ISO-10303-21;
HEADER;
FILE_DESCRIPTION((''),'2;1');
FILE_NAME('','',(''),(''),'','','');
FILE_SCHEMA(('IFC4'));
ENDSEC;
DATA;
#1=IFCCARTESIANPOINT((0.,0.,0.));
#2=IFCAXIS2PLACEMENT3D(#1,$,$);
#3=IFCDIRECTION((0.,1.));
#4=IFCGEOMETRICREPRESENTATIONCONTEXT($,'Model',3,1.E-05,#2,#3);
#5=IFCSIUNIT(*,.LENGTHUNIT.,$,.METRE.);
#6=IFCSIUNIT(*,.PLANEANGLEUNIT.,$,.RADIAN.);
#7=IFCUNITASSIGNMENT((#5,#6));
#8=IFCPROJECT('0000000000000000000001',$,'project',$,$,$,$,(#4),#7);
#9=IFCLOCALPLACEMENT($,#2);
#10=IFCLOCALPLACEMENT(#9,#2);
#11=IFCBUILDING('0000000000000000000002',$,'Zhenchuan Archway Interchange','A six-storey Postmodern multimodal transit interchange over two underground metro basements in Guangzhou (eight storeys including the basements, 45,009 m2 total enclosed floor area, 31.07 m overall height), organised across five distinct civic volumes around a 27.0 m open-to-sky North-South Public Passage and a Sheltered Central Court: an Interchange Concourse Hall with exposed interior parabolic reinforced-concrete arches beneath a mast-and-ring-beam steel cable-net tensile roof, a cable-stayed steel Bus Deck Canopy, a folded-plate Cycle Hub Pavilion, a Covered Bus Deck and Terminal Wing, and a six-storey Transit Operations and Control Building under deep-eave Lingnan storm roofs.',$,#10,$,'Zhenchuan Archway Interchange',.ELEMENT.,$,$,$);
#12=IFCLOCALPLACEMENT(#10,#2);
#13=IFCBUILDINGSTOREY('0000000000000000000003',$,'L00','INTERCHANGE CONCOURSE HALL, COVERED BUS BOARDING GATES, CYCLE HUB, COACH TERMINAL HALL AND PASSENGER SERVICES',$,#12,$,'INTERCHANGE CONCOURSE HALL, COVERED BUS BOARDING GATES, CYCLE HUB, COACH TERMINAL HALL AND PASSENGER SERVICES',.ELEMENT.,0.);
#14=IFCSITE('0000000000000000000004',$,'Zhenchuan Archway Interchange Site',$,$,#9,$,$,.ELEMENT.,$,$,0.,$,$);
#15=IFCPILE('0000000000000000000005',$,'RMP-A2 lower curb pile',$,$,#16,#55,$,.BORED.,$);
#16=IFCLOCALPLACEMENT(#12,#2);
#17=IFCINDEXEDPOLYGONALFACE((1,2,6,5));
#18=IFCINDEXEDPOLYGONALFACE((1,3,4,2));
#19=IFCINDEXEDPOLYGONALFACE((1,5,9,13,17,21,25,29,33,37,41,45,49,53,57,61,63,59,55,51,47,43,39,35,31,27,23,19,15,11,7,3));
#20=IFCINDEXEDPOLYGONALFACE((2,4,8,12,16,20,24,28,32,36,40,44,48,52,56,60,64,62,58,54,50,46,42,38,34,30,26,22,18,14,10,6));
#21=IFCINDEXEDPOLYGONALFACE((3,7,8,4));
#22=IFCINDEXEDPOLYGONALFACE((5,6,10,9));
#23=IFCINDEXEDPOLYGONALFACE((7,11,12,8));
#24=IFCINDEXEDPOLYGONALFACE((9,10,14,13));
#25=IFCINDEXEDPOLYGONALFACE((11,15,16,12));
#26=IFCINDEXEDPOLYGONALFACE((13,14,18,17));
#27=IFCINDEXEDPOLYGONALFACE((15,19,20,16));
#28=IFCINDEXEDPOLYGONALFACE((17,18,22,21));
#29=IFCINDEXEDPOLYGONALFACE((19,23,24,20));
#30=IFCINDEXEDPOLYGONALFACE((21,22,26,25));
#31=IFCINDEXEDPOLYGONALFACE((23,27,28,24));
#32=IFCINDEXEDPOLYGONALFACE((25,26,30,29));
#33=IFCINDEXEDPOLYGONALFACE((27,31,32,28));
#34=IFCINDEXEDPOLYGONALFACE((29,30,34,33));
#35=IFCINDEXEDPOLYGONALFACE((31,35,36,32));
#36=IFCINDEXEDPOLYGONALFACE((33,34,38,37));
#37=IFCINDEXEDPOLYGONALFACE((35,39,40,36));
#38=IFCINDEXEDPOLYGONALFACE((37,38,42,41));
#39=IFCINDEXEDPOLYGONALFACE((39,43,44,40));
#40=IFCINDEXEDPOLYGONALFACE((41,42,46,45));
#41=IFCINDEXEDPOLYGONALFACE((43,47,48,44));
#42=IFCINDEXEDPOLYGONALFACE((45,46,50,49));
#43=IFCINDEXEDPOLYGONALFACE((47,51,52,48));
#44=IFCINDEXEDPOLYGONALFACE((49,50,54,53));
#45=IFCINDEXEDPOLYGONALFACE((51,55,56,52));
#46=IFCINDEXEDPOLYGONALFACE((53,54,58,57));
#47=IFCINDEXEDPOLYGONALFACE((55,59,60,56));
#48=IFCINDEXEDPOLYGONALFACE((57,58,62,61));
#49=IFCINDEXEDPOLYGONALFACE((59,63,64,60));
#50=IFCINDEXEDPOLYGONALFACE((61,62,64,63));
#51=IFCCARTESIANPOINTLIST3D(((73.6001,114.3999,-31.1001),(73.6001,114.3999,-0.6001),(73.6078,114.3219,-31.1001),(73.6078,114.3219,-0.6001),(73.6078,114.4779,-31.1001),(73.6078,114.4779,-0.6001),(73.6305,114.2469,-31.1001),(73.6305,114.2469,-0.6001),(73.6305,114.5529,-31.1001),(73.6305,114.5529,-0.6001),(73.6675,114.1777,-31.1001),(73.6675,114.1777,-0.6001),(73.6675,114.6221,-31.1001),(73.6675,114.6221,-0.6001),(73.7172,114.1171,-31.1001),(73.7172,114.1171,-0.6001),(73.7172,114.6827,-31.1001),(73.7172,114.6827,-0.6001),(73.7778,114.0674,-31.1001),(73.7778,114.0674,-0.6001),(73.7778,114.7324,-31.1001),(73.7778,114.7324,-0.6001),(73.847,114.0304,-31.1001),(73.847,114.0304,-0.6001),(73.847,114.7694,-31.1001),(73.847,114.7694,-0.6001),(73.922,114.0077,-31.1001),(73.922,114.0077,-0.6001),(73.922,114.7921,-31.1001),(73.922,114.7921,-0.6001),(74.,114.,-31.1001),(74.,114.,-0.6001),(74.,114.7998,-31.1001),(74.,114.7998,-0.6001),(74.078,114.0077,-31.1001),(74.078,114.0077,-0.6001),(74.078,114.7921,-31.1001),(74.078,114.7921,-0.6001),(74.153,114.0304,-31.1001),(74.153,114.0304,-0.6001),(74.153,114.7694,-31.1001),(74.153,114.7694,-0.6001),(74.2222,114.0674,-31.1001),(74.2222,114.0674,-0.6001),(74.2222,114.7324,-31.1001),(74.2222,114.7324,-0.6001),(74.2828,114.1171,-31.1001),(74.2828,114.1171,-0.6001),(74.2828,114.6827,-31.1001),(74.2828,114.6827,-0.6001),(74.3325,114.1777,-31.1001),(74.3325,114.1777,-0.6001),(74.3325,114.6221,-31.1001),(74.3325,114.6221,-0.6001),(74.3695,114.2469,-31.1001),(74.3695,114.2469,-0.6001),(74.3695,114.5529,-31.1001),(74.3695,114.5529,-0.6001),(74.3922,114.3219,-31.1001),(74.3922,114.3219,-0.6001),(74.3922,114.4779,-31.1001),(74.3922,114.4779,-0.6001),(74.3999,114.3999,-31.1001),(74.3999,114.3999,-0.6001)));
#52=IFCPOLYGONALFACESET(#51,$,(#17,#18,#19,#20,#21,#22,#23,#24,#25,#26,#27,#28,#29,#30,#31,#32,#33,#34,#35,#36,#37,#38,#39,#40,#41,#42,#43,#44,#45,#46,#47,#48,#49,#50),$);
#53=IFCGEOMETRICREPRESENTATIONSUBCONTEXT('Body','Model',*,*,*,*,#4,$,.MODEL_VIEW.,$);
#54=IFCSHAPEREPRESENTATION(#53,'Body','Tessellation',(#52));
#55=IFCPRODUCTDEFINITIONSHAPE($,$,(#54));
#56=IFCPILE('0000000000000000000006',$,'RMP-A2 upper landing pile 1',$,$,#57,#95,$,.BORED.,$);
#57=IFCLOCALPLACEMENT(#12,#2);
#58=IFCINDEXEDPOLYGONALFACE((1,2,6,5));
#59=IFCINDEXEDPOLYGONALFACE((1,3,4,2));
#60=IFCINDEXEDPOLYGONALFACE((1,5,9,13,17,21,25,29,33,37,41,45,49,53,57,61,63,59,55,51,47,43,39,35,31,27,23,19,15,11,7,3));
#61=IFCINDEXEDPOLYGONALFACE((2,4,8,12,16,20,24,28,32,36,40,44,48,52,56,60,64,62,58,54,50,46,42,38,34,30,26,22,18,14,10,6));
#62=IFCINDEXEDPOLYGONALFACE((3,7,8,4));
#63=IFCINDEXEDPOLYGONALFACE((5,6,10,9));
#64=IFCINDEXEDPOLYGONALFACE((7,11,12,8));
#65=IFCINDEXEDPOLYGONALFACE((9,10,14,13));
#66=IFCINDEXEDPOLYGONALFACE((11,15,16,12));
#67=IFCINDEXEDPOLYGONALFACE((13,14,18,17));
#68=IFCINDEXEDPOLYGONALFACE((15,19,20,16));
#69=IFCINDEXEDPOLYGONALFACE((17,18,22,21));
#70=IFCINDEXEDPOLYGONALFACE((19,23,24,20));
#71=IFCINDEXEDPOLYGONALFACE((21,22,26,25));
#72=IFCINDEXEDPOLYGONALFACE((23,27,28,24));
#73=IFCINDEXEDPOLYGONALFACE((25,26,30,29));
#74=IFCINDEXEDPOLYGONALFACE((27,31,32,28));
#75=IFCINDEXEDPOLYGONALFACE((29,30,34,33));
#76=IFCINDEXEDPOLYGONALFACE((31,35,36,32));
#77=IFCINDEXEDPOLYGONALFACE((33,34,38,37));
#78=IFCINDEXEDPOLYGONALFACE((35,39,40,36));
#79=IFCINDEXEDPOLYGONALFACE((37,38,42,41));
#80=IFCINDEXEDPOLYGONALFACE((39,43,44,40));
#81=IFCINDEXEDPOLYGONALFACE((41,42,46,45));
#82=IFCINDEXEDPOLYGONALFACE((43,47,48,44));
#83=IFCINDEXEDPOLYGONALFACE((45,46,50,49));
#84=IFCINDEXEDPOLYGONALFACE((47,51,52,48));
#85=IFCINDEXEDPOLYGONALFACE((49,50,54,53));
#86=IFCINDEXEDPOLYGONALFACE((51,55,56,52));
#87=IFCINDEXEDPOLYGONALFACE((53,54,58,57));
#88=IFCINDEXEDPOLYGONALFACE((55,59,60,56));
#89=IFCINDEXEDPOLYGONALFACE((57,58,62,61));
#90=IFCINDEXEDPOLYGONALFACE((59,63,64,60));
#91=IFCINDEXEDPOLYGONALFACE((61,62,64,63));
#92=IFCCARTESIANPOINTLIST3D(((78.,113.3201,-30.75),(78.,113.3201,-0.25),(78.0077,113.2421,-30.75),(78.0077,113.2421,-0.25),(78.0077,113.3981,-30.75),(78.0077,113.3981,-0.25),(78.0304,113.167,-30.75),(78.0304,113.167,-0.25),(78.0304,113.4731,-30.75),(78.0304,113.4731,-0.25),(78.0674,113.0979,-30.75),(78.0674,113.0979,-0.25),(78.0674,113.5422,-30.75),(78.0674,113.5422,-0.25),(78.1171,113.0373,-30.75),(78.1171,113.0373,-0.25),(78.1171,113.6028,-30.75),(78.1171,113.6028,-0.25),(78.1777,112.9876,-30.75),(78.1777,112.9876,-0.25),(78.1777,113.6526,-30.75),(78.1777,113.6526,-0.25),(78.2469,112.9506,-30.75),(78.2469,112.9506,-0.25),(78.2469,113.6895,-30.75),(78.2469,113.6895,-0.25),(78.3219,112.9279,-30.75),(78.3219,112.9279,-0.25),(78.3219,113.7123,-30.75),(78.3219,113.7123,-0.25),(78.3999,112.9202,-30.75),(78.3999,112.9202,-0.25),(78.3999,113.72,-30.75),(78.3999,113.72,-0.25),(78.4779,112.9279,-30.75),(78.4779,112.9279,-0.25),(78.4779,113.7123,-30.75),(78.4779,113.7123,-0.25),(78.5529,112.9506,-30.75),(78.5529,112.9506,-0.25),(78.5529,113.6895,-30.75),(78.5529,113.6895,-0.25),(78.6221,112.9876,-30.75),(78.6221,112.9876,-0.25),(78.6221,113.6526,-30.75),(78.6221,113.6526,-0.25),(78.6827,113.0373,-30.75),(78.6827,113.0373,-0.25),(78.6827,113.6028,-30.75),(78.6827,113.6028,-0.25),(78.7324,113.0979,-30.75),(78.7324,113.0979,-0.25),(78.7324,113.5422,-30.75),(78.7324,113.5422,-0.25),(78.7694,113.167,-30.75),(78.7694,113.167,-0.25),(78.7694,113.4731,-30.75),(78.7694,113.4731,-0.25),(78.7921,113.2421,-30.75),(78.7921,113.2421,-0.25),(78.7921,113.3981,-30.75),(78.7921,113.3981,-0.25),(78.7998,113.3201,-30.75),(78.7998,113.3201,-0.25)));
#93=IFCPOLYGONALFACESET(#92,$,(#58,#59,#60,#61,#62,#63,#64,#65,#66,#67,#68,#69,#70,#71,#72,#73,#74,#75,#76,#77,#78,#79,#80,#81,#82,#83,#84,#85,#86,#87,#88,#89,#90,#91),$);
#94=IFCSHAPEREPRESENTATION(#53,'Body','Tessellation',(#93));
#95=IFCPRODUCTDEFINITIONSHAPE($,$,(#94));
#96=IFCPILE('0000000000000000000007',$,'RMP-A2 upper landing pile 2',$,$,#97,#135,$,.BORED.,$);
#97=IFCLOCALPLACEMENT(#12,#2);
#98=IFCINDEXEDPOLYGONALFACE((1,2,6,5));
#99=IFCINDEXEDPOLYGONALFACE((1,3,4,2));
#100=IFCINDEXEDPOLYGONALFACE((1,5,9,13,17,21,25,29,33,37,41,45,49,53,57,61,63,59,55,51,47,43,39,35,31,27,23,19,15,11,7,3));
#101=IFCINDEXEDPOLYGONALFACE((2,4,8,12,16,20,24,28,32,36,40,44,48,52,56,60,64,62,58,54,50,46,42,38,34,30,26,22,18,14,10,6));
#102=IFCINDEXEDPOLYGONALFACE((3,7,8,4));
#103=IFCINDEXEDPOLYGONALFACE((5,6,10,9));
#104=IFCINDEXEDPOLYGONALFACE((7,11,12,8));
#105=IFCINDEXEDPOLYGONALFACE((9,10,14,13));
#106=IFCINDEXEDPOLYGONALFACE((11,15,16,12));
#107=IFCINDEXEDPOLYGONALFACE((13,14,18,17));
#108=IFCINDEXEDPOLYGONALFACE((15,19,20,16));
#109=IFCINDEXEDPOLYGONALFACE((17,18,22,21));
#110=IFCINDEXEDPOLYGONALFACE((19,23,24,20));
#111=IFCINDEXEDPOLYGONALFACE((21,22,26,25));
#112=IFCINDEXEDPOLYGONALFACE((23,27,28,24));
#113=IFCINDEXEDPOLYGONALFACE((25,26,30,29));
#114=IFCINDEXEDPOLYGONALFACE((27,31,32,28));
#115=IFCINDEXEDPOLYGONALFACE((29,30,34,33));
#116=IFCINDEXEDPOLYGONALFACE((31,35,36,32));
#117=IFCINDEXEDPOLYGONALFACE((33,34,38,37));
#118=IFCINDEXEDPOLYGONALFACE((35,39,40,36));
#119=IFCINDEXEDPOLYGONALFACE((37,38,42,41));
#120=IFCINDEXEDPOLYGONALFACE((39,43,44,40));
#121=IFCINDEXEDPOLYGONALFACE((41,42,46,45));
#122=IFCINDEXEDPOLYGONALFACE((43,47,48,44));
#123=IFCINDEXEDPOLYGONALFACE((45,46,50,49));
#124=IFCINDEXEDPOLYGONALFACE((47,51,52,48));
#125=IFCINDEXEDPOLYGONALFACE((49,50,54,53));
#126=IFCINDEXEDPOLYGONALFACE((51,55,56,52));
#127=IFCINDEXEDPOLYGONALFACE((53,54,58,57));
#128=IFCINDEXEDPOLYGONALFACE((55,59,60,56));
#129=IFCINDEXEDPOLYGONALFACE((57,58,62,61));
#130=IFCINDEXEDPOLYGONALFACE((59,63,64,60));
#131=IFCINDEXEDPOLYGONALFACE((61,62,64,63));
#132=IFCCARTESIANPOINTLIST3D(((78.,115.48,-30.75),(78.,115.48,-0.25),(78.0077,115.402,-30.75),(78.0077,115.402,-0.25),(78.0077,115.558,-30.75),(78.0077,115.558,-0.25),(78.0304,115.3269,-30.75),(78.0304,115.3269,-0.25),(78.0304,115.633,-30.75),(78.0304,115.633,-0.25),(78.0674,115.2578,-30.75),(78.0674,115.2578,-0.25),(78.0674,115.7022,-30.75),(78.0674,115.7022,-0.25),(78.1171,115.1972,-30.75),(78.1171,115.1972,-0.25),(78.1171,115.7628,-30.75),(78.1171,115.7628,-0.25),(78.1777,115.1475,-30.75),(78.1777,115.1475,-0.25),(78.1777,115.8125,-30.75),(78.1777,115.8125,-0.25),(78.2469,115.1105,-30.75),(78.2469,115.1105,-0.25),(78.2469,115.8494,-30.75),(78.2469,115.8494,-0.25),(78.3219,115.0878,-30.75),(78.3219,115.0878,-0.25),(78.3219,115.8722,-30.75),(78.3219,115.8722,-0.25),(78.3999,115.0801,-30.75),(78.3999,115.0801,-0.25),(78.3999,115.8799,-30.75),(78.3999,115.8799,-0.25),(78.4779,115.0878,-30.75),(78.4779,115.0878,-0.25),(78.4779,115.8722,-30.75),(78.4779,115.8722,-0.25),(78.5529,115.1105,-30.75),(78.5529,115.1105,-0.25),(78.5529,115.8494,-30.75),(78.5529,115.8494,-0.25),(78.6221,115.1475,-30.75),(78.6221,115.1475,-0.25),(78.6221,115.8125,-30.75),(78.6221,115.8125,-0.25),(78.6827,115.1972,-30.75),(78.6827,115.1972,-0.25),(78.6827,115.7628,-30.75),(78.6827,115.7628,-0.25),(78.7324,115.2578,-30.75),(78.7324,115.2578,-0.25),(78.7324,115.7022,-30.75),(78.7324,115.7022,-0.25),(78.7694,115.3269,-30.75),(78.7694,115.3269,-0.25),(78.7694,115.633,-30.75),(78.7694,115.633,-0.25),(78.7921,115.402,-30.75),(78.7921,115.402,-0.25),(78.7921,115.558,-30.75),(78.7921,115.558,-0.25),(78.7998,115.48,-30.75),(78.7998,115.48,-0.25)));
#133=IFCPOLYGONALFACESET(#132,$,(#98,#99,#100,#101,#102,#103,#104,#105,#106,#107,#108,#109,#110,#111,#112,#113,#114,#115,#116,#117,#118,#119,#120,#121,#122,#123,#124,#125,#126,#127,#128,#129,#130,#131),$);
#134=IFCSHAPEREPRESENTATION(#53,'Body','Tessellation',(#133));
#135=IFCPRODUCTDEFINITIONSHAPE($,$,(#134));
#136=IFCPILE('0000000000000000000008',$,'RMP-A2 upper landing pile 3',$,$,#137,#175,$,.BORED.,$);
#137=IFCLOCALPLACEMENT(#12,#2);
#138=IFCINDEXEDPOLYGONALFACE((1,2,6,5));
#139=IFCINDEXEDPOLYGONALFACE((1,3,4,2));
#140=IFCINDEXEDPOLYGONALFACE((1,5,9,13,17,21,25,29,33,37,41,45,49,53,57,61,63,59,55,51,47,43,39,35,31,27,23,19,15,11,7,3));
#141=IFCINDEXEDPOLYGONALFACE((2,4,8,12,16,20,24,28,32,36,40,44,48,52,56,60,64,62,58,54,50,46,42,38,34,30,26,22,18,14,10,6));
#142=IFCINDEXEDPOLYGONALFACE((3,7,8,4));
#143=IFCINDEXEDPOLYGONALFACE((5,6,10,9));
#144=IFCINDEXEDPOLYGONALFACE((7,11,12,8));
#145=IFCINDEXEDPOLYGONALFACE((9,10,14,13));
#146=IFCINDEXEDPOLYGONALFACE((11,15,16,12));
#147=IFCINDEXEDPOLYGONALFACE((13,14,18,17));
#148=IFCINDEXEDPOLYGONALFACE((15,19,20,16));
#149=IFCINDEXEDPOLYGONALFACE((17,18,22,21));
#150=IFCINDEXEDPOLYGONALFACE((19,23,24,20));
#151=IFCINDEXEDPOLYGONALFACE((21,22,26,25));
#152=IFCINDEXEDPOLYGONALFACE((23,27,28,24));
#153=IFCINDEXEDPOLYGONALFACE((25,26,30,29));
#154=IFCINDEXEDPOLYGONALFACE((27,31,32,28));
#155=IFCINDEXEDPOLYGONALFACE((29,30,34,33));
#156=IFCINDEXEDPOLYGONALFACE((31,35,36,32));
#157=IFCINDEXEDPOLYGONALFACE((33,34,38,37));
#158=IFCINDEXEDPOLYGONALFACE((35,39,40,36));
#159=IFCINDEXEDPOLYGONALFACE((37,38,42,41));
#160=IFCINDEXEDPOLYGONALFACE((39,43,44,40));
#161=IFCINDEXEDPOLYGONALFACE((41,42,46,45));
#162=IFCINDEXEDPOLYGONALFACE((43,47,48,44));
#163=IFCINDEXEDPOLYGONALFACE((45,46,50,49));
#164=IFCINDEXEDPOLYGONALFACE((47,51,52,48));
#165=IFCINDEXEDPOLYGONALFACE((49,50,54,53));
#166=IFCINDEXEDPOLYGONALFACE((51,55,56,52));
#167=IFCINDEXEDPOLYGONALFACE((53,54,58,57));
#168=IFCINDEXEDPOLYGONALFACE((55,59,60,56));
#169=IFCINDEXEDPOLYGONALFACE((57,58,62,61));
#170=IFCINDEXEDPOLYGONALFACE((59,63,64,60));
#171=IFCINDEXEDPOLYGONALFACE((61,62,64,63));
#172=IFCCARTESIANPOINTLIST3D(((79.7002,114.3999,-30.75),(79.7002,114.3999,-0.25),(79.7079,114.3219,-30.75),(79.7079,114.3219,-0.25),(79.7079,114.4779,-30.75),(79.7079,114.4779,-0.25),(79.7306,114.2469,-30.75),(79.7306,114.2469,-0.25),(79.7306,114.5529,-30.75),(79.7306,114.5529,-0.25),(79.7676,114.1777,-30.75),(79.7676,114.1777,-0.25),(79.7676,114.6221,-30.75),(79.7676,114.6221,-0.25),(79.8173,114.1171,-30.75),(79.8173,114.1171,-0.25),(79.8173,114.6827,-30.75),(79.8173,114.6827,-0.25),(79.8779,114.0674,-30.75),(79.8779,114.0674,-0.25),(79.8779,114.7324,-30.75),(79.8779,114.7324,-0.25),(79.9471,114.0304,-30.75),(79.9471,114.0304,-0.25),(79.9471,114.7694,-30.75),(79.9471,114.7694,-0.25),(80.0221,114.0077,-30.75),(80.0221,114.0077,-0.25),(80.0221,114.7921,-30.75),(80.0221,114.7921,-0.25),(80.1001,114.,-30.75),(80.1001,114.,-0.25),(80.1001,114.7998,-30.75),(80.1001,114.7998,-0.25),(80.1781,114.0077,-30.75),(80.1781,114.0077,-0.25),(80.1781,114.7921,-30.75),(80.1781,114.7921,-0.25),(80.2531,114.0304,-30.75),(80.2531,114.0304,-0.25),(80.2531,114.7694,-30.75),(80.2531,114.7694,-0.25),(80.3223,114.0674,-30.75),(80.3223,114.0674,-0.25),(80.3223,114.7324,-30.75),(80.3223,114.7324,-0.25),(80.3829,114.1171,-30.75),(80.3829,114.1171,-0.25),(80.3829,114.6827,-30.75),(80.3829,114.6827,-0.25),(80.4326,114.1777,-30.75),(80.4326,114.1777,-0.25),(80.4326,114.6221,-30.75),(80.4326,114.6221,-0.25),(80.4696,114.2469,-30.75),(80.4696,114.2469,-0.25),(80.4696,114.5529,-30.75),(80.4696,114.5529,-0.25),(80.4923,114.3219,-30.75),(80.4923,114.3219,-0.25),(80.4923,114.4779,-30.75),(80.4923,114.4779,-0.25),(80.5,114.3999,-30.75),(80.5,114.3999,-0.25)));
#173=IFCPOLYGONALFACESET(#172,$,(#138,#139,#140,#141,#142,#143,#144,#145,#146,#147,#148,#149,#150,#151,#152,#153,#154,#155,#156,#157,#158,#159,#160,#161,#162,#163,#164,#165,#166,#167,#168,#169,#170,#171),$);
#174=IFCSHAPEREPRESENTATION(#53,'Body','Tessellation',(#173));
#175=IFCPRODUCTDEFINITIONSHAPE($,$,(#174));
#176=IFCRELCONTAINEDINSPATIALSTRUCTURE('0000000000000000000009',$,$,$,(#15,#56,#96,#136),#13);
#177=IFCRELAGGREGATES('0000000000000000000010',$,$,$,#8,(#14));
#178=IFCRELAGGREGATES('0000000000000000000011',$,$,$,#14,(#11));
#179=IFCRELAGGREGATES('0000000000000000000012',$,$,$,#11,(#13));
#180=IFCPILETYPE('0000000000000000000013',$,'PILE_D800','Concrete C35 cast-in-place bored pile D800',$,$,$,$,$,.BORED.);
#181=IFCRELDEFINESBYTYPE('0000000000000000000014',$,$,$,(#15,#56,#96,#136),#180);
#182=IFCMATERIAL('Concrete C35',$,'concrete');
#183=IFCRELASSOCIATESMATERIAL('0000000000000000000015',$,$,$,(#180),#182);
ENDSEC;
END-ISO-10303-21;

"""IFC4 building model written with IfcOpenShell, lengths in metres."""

from ifc_helpers import new_model, si_unit, direction, frame, origin, origin_2d, place, context, subcontext, project, spatial, circle, extrude, material, material_profile, profile_set, type_object, element, save


model = new_model("IFC4")

# Units and contexts
model_context = context("Model", 3, precision=1e-05, world=origin(), true_north=direction((0.0, 1.0)))
body_context = subcontext(model_context, "Body", "Model", "MODEL_VIEW")
ifc_project = project(units=[si_unit("LENGTHUNIT", "METRE"), si_unit("PLANEANGLEUNIT", "RADIAN")], contexts=[model_context])

# Site, building, storey
site_placement = place(None, origin())
site = spatial("IfcSite", under=ifc_project, at=site_placement, Name="Zhenchuan Archway Interchange Site", CompositionType="ELEMENT", RefElevation=0.0)
building_placement = place(site_placement, origin())
building = spatial("IfcBuilding", under=site, at=building_placement, Name="Zhenchuan Archway Interchange", Description="A six-storey Postmodern multimodal transit interchange over two underground metro basements in Guangzhou (eight storeys including the basements, 45,009 m2 total enclosed floor area, 31.07 m overall height), organised across five distinct civic volumes around a 27.0 m open-to-sky North-South Public Passage and a Sheltered Central Court: an Interchange Concourse Hall with exposed interior parabolic reinforced-concrete arches beneath a mast-and-ring-beam steel cable-net tensile roof, a cable-stayed steel Bus Deck Canopy, a folded-plate Cycle Hub Pavilion, a Covered Bus Deck and Terminal Wing, and a six-storey Transit Operations and Control Building under deep-eave Lingnan storm roofs.", LongName="Zhenchuan Archway Interchange", CompositionType="ELEMENT")
storey_placement = place(building_placement, origin())
storey = spatial("IfcBuildingStorey", under=building, at=storey_placement, Name="L00", Description="INTERCHANGE CONCOURSE HALL, COVERED BUS BOARDING GATES, CYCLE HUB, COACH TERMINAL HALL AND PASSENGER SERVICES", LongName="INTERCHANGE CONCOURSE HALL, COVERED BUS BOARDING GATES, CYCLE HUB, COACH TERMINAL HALL AND PASSENGER SERVICES", CompositionType="ELEMENT", Elevation=0.0)

# Piles
ifc_material_1 = material(Name="Concrete C35", Category="concrete")
ifc_material_profile_1 = material_profile(ifc_material_1, circle(Radius=0.3999, at=origin_2d()), Name="BORED PILE 800")
ifc_profile_set_1 = profile_set([ifc_material_profile_1], Name="Concrete C35")
pile_type_1 = type_object("IfcPileType", Name="PILE_D800", Description="Concrete C35 cast-in-place bored pile D800", PredefinedType="BORED", material=ifc_profile_set_1)
for number, where, z_axis, x_axis, name in (
    (1, (74.0, 114.3999, -0.6001), (0.0, 0.0, -1.0), (1.0, 0.0, 0.0), "RMP-A2 lower curb pile"),
    (2, (78.3999, 113.3201, -0.25), (0.0, 0.0, -1.0), (1.0, 0.0, 0.0), "RMP-A2 upper landing pile 1"),
    (3, (78.3999, 115.48, -0.25), (0.0, 0.0, -1.0), (1.0, 0.0, 0.0), "RMP-A2 upper landing pile 2"),
    (4, (80.1001, 114.3999, -0.25), (0.0, 0.0, -1.0), (1.0, 0.0, 0.0), "RMP-A2 upper landing pile 3"),
):
    element("IfcPile", number, at=place(storey_placement, frame(where, z_axis=z_axis, x_axis=x_axis)), inside=storey, type_object=pile_type_1, Name=name, PredefinedType="BORED", context=body_context, shape_type="SweptSolid", body=[
        extrude(circle(Radius=0.3999, at=origin_2d()), origin(), (0.0, 0.0, 1.0), 30.5),
    ])

save(model, "model.ifc")
